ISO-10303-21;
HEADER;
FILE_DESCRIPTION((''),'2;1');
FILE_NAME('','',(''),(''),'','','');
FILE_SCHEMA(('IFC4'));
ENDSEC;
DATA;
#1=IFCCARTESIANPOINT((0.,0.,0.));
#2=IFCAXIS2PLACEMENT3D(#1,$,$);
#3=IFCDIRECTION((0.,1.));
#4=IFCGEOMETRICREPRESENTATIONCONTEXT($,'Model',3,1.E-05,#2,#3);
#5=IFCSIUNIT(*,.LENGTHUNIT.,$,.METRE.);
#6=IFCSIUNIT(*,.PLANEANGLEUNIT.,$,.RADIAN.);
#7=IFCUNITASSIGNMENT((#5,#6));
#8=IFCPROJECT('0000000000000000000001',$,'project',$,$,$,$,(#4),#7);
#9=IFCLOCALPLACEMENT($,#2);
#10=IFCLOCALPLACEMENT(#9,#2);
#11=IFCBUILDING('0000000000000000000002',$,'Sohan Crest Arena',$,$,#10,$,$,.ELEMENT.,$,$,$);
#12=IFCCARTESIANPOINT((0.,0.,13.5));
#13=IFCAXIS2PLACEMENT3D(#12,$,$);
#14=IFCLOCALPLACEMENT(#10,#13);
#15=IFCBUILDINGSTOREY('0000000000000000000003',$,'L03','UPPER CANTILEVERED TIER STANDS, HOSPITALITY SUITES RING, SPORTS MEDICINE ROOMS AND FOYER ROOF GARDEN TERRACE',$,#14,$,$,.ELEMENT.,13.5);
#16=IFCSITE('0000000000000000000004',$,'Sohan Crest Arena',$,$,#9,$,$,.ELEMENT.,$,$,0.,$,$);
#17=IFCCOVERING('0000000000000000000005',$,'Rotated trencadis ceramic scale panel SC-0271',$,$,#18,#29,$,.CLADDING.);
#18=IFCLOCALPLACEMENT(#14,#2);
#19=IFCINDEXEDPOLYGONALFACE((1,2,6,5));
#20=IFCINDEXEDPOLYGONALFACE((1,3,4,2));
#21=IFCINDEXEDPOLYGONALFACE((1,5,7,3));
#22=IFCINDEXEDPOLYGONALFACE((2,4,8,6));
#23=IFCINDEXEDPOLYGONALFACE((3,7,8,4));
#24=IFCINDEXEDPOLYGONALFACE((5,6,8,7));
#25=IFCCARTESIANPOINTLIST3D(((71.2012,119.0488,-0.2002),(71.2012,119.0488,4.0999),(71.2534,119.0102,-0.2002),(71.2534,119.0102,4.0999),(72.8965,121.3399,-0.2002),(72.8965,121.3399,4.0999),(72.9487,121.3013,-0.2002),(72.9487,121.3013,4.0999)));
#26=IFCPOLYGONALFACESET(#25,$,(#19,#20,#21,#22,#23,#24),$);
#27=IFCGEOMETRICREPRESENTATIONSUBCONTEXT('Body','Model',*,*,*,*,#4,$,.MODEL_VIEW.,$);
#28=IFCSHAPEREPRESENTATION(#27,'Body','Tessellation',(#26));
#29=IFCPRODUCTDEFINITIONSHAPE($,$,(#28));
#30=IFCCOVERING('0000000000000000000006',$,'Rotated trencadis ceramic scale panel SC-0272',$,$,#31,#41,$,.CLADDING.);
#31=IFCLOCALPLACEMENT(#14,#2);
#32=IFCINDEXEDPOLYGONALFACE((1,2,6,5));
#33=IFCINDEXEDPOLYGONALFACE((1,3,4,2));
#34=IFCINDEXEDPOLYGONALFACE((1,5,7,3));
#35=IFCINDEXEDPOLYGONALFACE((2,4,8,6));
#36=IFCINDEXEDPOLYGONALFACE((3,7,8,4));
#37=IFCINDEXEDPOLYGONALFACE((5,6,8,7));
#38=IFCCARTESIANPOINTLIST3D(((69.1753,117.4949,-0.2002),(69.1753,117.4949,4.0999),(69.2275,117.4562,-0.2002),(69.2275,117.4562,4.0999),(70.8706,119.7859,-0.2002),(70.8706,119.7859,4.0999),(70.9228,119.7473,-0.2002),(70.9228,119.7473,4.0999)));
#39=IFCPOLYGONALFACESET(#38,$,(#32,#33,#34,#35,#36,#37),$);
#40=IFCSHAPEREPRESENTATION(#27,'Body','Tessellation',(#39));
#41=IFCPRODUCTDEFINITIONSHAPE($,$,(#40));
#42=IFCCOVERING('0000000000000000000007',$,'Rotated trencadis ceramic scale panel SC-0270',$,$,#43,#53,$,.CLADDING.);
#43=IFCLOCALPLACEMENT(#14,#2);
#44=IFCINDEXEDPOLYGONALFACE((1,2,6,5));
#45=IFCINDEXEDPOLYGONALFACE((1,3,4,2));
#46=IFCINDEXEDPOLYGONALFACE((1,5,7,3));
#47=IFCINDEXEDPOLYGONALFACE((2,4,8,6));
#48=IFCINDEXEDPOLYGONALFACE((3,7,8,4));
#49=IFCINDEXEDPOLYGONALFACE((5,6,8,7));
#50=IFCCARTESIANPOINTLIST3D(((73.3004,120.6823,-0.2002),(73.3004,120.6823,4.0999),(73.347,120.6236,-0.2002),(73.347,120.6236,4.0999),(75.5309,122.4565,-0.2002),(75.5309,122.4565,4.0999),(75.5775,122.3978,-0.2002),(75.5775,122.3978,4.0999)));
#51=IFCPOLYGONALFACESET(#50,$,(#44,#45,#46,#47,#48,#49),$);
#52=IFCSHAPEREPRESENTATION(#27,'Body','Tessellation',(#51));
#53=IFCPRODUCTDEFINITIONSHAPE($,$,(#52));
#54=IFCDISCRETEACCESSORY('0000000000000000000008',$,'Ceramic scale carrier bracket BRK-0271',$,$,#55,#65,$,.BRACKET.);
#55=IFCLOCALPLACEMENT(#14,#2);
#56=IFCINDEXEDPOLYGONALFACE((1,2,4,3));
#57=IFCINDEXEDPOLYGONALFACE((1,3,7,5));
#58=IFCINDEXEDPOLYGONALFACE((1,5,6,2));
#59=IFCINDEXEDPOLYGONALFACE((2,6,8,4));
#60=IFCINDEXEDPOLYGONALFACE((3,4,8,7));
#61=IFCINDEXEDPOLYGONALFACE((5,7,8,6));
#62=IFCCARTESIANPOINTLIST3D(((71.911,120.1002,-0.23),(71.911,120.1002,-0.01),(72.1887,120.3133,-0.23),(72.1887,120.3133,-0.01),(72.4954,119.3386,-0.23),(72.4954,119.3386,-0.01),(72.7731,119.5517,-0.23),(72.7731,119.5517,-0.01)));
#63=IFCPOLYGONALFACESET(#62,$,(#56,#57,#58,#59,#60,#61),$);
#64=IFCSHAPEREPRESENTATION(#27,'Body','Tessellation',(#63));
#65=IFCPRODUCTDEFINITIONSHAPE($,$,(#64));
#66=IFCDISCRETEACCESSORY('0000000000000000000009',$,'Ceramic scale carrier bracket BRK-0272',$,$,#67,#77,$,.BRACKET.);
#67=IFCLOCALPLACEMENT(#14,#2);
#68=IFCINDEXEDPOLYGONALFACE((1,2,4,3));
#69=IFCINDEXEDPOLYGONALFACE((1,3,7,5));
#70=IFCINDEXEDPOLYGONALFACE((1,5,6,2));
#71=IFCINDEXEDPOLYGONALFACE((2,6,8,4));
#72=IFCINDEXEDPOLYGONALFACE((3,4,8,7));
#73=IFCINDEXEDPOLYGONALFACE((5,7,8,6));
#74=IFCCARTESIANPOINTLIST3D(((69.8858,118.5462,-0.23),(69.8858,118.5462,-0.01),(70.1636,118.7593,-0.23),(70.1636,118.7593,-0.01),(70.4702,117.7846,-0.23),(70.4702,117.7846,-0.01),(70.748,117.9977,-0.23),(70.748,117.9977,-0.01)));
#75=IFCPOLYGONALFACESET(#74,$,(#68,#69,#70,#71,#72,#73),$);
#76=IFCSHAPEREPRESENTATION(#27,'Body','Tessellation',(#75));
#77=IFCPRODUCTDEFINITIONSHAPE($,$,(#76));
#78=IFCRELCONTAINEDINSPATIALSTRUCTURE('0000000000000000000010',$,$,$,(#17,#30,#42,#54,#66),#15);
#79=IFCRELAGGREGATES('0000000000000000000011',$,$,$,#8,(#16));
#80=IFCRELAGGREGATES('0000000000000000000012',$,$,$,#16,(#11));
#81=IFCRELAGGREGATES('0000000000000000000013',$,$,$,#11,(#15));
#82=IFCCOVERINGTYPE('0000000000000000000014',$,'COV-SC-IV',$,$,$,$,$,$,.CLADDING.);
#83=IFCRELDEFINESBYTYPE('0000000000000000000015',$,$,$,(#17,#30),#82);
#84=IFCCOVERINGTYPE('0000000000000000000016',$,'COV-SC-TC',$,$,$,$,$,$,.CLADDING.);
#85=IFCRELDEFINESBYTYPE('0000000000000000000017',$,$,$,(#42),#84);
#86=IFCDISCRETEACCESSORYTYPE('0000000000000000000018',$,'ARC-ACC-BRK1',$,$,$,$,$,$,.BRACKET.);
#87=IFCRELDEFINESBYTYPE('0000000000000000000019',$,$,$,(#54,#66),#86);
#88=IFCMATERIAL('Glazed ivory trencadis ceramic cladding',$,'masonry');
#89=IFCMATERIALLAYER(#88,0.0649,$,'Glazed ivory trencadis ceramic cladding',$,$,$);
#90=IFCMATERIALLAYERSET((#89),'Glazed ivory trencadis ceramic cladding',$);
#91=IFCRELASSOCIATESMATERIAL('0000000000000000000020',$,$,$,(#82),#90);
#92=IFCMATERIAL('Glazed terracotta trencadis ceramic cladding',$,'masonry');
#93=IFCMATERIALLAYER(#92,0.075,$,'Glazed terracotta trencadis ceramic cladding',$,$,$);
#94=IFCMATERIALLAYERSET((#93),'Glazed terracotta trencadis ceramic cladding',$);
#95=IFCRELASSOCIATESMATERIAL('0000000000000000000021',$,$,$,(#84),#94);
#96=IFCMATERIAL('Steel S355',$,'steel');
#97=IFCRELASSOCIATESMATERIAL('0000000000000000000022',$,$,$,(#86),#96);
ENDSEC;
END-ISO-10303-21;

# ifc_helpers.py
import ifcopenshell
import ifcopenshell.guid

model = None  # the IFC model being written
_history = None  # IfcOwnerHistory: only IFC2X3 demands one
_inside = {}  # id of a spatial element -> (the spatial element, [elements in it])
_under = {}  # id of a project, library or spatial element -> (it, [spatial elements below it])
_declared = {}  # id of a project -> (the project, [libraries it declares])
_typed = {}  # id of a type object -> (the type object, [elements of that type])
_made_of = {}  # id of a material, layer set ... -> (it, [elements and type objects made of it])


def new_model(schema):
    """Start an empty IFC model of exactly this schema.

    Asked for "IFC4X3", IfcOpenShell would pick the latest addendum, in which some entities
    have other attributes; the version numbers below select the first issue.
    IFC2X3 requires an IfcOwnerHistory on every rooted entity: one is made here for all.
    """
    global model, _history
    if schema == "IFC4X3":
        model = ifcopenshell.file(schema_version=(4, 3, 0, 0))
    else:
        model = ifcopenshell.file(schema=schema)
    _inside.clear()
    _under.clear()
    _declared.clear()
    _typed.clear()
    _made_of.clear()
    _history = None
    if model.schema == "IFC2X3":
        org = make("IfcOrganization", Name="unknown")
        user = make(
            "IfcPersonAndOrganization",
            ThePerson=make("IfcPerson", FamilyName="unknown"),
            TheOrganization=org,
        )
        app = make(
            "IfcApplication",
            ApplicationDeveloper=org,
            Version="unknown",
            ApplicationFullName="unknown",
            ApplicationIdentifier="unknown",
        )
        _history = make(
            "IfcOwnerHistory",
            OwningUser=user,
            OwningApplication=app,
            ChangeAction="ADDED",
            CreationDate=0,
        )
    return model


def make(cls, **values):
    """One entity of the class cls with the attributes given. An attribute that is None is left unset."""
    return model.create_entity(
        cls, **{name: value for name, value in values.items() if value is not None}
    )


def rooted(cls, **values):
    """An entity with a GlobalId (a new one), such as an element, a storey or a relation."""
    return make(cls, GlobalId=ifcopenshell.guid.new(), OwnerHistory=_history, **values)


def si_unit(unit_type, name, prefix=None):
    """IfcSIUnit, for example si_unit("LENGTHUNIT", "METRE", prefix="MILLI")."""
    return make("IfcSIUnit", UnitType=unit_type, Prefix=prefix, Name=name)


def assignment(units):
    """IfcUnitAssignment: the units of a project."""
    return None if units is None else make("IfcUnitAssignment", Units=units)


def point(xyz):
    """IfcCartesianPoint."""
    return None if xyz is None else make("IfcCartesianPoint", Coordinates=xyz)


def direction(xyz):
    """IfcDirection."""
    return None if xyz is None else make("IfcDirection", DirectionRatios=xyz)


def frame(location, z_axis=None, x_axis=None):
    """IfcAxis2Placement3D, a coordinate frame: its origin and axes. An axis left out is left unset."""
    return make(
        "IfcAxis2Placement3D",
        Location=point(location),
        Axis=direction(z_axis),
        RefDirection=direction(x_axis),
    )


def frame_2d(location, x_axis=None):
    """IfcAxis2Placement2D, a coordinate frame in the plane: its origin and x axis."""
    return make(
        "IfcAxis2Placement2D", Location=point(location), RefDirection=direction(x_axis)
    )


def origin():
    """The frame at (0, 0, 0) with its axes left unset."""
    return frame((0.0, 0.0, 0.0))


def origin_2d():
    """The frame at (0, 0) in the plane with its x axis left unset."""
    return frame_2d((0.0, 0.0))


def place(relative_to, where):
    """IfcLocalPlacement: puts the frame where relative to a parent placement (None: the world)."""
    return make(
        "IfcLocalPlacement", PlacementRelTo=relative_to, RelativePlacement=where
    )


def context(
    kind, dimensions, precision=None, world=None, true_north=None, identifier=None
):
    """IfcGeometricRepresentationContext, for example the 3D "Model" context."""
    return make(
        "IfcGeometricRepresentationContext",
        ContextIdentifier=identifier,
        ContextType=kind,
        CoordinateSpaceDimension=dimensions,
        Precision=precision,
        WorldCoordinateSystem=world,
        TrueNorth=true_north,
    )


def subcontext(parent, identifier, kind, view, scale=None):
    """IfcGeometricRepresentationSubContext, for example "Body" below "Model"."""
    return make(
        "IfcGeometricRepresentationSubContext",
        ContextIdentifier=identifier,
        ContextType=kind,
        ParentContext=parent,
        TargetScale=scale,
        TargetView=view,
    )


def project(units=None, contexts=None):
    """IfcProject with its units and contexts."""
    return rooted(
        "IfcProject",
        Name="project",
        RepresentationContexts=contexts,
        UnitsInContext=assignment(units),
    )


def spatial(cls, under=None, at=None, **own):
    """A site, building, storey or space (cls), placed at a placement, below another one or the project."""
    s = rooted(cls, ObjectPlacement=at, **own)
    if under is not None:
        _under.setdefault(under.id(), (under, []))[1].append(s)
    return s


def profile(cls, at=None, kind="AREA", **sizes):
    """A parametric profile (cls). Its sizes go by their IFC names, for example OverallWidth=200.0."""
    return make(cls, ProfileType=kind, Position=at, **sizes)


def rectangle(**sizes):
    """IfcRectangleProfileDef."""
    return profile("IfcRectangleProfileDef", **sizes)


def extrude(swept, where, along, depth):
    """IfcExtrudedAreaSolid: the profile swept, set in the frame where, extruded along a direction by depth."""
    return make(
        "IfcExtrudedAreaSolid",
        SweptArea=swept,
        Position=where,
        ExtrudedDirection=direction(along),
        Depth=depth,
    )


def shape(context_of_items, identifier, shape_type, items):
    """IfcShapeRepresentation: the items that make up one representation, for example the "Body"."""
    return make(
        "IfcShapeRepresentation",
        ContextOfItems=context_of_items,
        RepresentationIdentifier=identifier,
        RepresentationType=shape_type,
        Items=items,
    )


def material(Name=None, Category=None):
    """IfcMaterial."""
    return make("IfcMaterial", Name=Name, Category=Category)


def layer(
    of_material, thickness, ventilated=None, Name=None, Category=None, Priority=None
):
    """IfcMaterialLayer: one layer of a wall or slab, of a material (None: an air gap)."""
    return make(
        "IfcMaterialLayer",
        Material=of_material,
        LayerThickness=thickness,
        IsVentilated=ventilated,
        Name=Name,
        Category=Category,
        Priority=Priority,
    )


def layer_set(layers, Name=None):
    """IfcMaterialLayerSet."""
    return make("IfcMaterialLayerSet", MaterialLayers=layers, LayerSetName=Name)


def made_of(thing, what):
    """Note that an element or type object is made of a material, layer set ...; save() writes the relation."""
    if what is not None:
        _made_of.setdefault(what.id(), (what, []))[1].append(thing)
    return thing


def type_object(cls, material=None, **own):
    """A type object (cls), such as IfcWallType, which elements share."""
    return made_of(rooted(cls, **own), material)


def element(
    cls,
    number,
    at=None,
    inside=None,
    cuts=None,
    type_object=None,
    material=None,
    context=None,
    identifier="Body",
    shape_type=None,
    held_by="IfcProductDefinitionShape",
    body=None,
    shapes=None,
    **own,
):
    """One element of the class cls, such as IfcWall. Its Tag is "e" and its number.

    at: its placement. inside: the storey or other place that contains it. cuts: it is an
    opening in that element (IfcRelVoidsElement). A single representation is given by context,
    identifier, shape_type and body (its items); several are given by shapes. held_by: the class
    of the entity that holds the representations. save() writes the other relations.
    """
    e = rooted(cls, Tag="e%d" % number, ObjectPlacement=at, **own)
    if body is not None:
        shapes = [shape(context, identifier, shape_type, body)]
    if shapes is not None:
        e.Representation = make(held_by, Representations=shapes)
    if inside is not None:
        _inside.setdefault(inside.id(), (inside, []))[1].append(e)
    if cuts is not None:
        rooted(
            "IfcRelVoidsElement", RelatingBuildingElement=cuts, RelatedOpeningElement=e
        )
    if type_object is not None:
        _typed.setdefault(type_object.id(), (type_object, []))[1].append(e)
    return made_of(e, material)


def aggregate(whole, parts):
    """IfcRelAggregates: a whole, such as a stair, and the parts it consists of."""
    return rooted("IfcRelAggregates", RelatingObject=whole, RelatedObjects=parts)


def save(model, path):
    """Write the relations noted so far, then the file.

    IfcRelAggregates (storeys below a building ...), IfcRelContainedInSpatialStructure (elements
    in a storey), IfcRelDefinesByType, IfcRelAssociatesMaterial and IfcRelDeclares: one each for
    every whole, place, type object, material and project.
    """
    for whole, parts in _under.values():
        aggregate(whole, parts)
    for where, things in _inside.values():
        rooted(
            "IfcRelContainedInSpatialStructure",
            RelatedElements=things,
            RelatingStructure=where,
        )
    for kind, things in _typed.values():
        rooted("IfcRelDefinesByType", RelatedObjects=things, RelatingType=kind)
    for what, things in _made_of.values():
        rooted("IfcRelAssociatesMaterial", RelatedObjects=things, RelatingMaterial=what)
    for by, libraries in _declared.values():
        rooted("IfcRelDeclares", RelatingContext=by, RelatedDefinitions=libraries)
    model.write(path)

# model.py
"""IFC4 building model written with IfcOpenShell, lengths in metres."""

from ifc_helpers import new_model, si_unit, direction, frame, origin, origin_2d, place, context, subcontext, project, spatial, rectangle, extrude, material, layer, layer_set, type_object, element, save


model = new_model("IFC4")

# Units and contexts
model_context = context("Model", 3, precision=1e-05, world=origin(), true_north=direction((0.0, 1.0)))
body_context = subcontext(model_context, "Body", "Model", "MODEL_VIEW")
ifc_project = project(units=[si_unit("LENGTHUNIT", "METRE"), si_unit("PLANEANGLEUNIT", "RADIAN")], contexts=[model_context])

# Site, building, storey
site_placement = place(None, origin())
site = spatial("IfcSite", under=ifc_project, at=site_placement, Name="Sohan Crest Arena", CompositionType="ELEMENT", RefElevation=0.0)
building_placement = place(site_placement, origin())
building = spatial("IfcBuilding", under=site, at=building_placement, Name="Sohan Crest Arena", CompositionType="ELEMENT")
storey_placement = place(building_placement, frame((0.0, 0.0, 13.5)))
storey = spatial("IfcBuildingStorey", under=building, at=storey_placement, Name="L03", Description="UPPER CANTILEVERED TIER STANDS, HOSPITALITY SUITES RING, SPORTS MEDICINE ROOMS AND FOYER ROOF GARDEN TERRACE", CompositionType="ELEMENT", Elevation=13.5)

# Shared definitions
ifc_material_1 = material(Name="Steel S355", Category="steel")

# Coverings
ifc_material_2 = material(Name="Glazed ivory trencadis ceramic cladding", Category="masonry")
ifc_layer_1 = layer(ifc_material_2, 0.0649, Name="Glazed ivory trencadis ceramic cladding")
ifc_layer_set_1 = layer_set([ifc_layer_1], Name="Glazed ivory trencadis ceramic cladding")
covering_type_1 = type_object("IfcCoveringType", Name="COV-SC-IV", PredefinedType="CLADDING", material=ifc_layer_set_1)
for number, where, z_axis, x_axis, name in (
    (1, (72.075, 120.175, -0.2002), (0.0, 0.0, 1.0), (-0.594823, -0.803857, 0.0), "Rotated trencadis ceramic scale panel SC-0271"),
    (2, (70.0491, 118.6211, -0.2002), (0.0, 0.0, 1.0), (-0.594823, -0.803857, 0.0), "Rotated trencadis ceramic scale panel SC-0272"),
):
    element("IfcCovering", number, at=place(storey_placement, frame(where, z_axis=z_axis, x_axis=x_axis)), inside=storey, type_object=covering_type_1, Name=name, PredefinedType="CLADDING", context=body_context, shape_type="SweptSolid", body=[
        extrude(rectangle(XDim=2.8501, YDim=0.0649, at=origin_2d()), origin(), (0.0, 0.0, 1.0), 4.3),
    ])
ifc_material_3 = material(Name="Glazed terracotta trencadis ceramic cladding", Category="masonry")
ifc_layer_2 = layer(ifc_material_3, 0.075, Name="Glazed terracotta trencadis ceramic cladding")
ifc_layer_set_2 = layer_set([ifc_layer_2], Name="Glazed terracotta trencadis ceramic cladding")
covering_type_2 = type_object("IfcCoveringType", Name="COV-SC-TC", PredefinedType="CLADDING", material=ifc_layer_set_2)
covering_placement = place(storey_placement, frame((74.439, 121.54, -0.2002), z_axis=(0.0, 0.0, 1.0), x_axis=(-0.782608, -0.622515, 0.0)))
element("IfcCovering", 3, at=covering_placement, inside=storey, type_object=covering_type_2, Name="Rotated trencadis ceramic scale panel SC-0270", PredefinedType="CLADDING", context=body_context, shape_type="SweptSolid", body=[
    extrude(rectangle(XDim=2.8501, YDim=0.075, at=origin_2d()), origin(), (0.0, 0.0, 1.0), 4.3),
])

# Discrete accessories
discrete_accessory_type = type_object("IfcDiscreteAccessoryType", Name="ARC-ACC-BRK1", PredefinedType="BRACKET", material=ifc_material_1)
for number, where, z_axis, x_axis, name in (
    (4, (72.342, 119.8259, -0.23), (0.0, 0.0, 1.0), (-0.793353, -0.608761, 0.0), "Ceramic scale carrier bracket BRK-0271"),
    (5, (70.3169, 118.272, -0.23), (0.0, 0.0, 1.0), (-0.793353, -0.608761, 0.0), "Ceramic scale carrier bracket BRK-0272"),
):
    element("IfcDiscreteAccessory", number, at=place(storey_placement, frame(where, z_axis=z_axis, x_axis=x_axis)), inside=storey, type_object=discrete_accessory_type, Name=name, PredefinedType="BRACKET", context=body_context, shape_type="SweptSolid", body=[
        extrude(rectangle(XDim=0.3501, YDim=0.96, at=origin_2d()), origin(), (0.0, 0.0, 1.0), 0.22),
    ])

save(model, "model.ifc")
